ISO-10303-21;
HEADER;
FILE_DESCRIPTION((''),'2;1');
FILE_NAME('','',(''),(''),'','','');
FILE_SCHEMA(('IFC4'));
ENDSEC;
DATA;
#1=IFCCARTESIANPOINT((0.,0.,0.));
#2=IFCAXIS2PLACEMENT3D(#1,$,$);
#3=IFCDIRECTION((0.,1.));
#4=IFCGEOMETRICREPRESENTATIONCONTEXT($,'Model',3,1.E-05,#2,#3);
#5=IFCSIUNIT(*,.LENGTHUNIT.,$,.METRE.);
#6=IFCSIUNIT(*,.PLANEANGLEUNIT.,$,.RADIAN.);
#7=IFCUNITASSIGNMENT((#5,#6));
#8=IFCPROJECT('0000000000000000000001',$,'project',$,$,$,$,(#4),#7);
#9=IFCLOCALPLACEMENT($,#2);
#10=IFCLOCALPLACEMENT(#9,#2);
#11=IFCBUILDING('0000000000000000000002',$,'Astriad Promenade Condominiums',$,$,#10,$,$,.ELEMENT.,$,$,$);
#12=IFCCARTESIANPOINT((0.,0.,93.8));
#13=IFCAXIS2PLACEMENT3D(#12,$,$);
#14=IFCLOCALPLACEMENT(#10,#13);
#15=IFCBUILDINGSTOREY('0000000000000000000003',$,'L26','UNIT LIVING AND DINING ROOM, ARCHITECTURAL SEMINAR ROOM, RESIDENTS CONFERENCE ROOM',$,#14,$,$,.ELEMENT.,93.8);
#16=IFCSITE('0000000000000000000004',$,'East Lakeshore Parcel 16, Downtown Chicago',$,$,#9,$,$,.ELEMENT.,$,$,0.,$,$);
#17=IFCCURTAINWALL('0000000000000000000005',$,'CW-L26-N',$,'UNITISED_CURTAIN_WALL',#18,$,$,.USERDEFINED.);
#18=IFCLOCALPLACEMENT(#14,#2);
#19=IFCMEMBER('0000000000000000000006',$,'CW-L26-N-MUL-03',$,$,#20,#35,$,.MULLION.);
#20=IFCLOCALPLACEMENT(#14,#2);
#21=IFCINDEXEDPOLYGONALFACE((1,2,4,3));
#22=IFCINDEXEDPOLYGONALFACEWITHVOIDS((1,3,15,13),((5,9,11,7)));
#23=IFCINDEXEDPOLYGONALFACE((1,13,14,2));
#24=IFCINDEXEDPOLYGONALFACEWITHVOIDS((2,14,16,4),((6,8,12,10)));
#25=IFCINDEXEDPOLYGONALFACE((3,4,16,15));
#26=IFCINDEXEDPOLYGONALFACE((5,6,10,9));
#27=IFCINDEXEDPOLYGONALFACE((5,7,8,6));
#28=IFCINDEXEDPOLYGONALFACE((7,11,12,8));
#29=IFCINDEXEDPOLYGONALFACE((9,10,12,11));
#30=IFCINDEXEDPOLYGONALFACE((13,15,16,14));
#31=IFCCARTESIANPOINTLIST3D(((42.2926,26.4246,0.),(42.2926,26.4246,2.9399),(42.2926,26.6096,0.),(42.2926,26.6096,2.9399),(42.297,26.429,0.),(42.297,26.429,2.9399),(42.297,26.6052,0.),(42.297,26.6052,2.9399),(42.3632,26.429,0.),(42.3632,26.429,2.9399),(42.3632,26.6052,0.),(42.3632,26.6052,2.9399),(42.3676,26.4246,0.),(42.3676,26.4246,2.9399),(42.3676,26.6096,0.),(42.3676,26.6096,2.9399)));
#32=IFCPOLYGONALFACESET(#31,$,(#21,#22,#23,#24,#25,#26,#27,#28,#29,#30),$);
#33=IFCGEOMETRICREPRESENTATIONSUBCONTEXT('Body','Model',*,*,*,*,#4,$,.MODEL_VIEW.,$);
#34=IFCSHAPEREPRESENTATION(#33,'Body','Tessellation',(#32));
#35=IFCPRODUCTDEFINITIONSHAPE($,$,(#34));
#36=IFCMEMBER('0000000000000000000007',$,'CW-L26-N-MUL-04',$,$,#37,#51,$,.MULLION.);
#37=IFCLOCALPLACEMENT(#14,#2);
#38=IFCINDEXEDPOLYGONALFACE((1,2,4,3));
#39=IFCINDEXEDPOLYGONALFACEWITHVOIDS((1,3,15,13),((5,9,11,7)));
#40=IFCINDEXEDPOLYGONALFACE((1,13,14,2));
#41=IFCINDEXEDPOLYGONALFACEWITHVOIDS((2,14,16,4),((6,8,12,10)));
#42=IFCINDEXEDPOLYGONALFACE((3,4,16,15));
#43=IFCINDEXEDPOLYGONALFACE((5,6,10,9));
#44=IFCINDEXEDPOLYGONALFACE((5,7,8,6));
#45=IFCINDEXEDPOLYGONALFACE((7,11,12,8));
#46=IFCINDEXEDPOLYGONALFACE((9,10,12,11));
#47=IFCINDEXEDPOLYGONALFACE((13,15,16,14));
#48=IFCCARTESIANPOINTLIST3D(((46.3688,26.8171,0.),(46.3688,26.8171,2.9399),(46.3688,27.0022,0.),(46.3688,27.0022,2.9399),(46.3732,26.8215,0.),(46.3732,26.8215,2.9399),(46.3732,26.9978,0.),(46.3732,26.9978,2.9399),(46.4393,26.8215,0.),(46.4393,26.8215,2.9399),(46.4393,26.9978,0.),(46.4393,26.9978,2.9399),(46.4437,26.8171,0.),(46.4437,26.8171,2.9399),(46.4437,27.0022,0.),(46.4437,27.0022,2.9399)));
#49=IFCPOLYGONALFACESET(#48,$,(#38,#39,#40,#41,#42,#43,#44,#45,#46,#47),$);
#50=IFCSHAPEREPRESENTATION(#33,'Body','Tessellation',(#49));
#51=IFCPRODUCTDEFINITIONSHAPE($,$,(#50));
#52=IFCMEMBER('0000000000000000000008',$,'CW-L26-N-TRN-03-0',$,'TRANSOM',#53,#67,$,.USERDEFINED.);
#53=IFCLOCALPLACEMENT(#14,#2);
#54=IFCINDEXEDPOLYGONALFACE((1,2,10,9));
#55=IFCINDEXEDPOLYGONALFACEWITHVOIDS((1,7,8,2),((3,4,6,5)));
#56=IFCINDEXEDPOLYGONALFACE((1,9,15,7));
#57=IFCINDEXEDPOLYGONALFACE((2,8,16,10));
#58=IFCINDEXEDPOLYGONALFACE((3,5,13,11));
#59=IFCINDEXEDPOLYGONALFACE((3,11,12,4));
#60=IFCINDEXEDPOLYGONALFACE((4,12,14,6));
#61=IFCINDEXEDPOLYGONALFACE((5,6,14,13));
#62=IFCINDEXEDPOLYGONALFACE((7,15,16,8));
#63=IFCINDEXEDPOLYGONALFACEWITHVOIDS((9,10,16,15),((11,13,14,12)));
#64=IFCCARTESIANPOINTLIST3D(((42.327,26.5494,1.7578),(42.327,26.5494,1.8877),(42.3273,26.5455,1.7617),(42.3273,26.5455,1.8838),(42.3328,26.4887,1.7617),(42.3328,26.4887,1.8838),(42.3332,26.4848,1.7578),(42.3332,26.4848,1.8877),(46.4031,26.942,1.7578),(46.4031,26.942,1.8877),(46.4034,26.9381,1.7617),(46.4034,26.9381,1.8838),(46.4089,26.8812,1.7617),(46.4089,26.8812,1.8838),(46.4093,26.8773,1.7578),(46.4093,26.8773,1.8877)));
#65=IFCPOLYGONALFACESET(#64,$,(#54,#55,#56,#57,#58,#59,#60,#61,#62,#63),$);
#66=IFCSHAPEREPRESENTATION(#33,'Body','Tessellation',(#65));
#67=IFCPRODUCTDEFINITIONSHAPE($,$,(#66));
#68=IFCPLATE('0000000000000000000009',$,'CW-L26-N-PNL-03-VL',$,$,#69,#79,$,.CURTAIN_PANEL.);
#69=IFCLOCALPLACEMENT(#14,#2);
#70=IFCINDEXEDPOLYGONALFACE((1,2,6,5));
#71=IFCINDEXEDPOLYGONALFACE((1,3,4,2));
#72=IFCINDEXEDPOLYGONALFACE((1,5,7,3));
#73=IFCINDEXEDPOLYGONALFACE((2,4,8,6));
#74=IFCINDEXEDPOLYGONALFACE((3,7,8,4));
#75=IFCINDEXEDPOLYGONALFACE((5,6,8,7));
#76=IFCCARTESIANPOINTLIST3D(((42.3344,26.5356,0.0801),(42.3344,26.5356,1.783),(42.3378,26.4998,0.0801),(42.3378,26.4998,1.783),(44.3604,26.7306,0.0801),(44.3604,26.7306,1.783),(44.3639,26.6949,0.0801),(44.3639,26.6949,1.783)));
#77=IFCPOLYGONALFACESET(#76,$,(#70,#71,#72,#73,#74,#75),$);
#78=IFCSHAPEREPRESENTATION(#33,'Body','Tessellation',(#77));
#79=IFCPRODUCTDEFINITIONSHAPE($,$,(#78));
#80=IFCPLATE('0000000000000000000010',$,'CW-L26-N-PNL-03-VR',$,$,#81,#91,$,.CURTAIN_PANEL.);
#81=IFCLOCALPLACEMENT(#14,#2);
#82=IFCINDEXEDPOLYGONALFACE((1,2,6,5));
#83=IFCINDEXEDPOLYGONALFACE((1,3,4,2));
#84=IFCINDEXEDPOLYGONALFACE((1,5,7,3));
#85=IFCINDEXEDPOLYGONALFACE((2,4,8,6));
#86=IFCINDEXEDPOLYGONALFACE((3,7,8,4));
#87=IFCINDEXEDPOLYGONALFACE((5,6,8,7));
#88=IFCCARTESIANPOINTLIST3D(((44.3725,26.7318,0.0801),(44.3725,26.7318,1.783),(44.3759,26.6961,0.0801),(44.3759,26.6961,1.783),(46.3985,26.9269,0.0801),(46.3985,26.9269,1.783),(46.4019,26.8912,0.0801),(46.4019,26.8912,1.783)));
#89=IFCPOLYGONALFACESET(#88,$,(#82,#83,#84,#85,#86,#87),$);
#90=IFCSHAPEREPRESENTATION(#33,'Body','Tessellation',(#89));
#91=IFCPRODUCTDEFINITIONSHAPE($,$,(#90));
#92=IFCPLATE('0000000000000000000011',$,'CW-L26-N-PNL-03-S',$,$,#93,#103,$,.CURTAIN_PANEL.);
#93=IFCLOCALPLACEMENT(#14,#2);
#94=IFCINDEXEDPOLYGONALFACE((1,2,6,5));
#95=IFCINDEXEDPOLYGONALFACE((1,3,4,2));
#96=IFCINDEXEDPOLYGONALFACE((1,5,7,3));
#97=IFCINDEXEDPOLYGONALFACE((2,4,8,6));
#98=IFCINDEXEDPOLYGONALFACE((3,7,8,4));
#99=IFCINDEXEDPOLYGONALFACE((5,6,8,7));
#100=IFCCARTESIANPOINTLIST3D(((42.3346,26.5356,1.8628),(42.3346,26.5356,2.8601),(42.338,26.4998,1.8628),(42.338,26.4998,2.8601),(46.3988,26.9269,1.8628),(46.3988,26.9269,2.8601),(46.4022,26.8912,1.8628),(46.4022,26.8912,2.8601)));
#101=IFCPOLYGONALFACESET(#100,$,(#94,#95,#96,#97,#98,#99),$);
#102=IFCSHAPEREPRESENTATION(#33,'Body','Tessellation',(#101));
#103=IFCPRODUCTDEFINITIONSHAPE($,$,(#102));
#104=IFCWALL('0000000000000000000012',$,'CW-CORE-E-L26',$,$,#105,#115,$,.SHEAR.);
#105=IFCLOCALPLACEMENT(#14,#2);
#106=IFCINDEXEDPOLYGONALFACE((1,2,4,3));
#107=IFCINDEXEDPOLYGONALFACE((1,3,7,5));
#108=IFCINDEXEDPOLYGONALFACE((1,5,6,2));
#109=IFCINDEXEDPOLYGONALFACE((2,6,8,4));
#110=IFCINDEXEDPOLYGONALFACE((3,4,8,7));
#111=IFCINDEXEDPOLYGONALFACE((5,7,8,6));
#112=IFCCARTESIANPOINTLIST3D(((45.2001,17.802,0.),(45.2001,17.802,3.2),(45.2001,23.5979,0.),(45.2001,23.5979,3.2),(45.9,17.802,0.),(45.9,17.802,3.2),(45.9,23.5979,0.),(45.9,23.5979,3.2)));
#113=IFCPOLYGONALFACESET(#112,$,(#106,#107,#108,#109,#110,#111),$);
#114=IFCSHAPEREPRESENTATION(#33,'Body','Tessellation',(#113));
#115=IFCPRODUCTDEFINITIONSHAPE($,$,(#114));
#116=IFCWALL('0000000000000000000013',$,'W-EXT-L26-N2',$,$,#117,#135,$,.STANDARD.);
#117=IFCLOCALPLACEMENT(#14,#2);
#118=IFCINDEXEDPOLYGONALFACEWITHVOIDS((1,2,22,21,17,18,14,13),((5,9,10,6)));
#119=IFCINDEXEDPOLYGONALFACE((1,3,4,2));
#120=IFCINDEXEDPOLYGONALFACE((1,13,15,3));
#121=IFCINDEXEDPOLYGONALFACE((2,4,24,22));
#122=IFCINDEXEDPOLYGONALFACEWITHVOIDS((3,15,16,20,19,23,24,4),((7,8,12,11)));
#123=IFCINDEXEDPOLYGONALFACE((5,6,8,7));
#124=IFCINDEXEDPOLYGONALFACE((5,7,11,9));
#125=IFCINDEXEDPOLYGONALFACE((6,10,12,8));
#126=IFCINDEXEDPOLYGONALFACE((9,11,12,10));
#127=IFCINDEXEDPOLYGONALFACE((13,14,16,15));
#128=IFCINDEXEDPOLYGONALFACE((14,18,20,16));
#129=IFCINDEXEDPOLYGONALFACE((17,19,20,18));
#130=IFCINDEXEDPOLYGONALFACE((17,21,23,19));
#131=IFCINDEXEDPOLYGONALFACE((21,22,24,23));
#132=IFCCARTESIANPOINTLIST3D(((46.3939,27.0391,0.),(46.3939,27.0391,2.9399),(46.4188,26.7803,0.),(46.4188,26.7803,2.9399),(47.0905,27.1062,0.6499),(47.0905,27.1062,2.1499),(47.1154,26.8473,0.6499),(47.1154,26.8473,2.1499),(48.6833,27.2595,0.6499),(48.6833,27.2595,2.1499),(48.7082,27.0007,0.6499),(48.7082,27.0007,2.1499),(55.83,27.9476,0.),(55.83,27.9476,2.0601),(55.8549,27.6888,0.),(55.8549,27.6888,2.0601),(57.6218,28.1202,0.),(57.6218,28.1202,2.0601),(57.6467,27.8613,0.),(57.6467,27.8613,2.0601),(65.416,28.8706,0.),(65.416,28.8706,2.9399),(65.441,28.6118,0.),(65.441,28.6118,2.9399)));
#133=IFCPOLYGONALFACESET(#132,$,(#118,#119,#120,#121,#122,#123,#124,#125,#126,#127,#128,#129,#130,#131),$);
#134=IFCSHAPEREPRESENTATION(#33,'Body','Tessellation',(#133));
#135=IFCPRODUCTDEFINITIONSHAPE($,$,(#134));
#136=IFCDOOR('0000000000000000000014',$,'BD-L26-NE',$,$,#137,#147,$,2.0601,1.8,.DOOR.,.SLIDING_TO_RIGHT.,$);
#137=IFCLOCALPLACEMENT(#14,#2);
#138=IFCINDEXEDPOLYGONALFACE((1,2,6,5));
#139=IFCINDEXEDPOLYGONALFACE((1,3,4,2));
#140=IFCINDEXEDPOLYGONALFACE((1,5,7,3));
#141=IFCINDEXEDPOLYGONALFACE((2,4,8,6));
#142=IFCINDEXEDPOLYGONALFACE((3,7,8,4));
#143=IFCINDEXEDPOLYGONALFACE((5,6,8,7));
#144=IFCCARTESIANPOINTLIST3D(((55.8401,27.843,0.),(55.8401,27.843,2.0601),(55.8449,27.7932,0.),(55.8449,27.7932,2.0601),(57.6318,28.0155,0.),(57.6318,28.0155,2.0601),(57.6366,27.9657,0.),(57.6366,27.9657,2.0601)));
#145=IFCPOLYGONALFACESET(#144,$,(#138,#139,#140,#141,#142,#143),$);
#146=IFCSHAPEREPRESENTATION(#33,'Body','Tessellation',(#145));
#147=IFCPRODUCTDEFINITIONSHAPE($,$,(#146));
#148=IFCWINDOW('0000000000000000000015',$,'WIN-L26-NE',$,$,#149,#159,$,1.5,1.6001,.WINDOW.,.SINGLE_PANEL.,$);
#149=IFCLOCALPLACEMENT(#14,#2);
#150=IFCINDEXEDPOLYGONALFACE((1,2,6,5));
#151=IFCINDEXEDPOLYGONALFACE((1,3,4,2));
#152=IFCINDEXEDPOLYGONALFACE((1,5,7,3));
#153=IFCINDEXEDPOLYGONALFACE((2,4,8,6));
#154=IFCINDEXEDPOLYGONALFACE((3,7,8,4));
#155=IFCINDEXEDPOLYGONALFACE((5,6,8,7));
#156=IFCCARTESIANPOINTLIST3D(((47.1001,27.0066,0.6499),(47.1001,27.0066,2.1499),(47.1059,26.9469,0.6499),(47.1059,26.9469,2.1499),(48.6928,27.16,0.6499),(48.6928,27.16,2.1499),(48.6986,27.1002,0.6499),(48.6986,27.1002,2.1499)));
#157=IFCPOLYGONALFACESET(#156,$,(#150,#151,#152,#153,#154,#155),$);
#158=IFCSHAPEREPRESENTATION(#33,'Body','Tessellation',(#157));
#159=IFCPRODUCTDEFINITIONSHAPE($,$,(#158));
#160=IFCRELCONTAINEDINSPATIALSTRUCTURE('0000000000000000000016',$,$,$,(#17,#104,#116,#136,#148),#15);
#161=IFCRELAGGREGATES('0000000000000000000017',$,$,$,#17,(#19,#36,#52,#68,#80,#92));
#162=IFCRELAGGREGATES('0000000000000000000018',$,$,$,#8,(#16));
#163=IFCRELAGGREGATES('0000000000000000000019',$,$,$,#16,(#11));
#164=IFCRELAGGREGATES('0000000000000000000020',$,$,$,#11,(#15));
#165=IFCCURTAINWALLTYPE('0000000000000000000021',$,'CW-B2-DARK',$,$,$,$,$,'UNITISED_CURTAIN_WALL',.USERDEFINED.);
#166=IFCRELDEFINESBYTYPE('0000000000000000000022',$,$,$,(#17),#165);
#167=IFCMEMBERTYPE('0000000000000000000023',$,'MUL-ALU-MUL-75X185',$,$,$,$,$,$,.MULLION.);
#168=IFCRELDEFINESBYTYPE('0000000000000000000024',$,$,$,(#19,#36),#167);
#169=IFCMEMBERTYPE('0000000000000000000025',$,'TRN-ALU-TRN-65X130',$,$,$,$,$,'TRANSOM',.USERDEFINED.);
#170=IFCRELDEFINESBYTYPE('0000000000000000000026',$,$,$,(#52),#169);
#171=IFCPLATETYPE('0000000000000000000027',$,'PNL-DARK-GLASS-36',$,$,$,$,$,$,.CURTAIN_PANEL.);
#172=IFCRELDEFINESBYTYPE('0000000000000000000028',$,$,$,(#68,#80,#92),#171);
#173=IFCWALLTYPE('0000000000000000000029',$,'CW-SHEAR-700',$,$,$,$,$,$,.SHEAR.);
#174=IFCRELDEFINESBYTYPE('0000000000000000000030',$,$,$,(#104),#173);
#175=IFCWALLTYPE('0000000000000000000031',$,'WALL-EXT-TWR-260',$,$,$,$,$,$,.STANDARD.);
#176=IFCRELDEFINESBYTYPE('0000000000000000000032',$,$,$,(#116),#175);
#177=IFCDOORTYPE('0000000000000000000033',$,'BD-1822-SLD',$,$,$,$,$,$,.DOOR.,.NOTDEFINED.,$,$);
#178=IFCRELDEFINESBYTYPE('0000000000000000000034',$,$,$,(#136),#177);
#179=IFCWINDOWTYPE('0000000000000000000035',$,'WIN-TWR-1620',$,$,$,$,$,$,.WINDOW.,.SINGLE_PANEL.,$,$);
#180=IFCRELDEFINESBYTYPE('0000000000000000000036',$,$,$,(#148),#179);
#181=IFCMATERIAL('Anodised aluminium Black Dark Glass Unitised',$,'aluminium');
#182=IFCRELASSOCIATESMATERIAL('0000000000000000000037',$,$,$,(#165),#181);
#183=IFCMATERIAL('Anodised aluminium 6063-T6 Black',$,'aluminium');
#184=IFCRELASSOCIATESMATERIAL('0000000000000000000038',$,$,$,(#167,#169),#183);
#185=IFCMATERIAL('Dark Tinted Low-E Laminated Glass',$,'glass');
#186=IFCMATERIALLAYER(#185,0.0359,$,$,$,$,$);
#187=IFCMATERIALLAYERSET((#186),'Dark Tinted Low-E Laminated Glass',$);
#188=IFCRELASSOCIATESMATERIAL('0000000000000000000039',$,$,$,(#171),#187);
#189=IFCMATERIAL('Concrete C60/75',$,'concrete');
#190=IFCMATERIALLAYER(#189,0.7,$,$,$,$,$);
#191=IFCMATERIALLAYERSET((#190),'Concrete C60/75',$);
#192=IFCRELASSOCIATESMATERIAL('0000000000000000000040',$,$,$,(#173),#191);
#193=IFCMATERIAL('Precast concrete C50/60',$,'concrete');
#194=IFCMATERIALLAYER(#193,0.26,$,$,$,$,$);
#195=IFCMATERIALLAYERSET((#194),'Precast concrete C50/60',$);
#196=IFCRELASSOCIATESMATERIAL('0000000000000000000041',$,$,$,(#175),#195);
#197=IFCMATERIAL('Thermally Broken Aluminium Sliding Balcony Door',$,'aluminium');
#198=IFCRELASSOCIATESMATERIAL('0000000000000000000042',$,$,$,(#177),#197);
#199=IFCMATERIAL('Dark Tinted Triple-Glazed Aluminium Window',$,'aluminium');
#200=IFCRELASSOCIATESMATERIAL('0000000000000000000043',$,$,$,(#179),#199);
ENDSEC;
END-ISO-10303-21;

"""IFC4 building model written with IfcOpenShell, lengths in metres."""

from ifc_helpers import new_model, si_unit, direction, frame, frame_2d, origin, origin_2d, place, context, subcontext, project, spatial, rectangle, hollow_rectangle, extrude, source, transform, mapped, material, layer, layer_set, material_profile, profile_set, type_object, type_shapes, element, fill, aggregate, save


model = new_model("IFC4")

# Units and contexts
model_context = context("Model", 3, precision=1e-05, world=origin(), true_north=direction((0.0, 1.0)))
body_context = subcontext(model_context, "Body", "Model", "MODEL_VIEW")
ifc_project = project(units=[si_unit("LENGTHUNIT", "METRE"), si_unit("PLANEANGLEUNIT", "RADIAN")], contexts=[model_context])

# Site, building, storey
site_placement = place(None, origin())
site = spatial("IfcSite", under=ifc_project, at=site_placement, Name="East Lakeshore Parcel 16, Downtown Chicago", CompositionType="ELEMENT", RefElevation=0.0)
building_placement = place(site_placement, origin())
building = spatial("IfcBuilding", under=site, at=building_placement, Name="Astriad Promenade Condominiums", CompositionType="ELEMENT")
storey_placement = place(building_placement, frame((0.0, 0.0, 93.8)))
storey = spatial("IfcBuildingStorey", under=building, at=storey_placement, Name="L26", Description="UNIT LIVING AND DINING ROOM, ARCHITECTURAL SEMINAR ROOM, RESIDENTS CONFERENCE ROOM", CompositionType="ELEMENT", Elevation=93.8)

# Curtain wall, members, plates
ifc_material_1 = material(Name="Anodised aluminium Black Dark Glass Unitised", Category="aluminium")
curtain_wall_type = type_object("IfcCurtainWallType", Name="CW-B2-DARK", ElementType="UNITISED_CURTAIN_WALL", PredefinedType="USERDEFINED", material=ifc_material_1)
curtain_wall_placement = place(storey_placement, origin())
curtain_wall = element("IfcCurtainWall", 1, at=curtain_wall_placement, inside=storey, type_object=curtain_wall_type, Name="CW-L26-N", ObjectType="UNITISED_CURTAIN_WALL", PredefinedType="USERDEFINED")
ifc_material_2 = material(Name="Anodised aluminium 6063-T6 Black", Category="aluminium")
ifc_material_profile_1 = material_profile(ifc_material_2, hollow_rectangle(XDim=0.075, YDim=0.1851, WallThickness=0.0044, at=origin_2d()), Name="ALU-MUL-75X185")
ifc_profile_set_1 = profile_set([ifc_material_profile_1], Name="Anodised aluminium 6063-T6 Black")
member_type_1 = type_object("IfcMemberType", Name="MUL-ALU-MUL-75X185", PredefinedType="MULLION", material=ifc_profile_set_1)
shared_shape_1 = source(origin(), body_context, "Body", "SweptSolid", [
    extrude(hollow_rectangle(XDim=0.075, YDim=0.1851, WallThickness=0.0044, at=origin_2d()), origin(), (0.0, 0.0, 1.0), 2.9399),
])
type_shapes(member_type_1, [shared_shape_1])
member_1_placement = place(storey_placement, frame((42.3301, 26.5171, 0.0), z_axis=(0.0, 0.0, 1.0), x_axis=(1.0, 0.0, 0.0)))
member_1 = element("IfcMember", 2, at=member_1_placement, type_object=member_type_1, Name="CW-L26-N-MUL-03", PredefinedType="MULLION", context=body_context, shape_type="MappedRepresentation", body=[
    mapped(shared_shape_1, transform((0.0, 0.0, 0.0), scale=1.0)),
])
member_2_placement = place(storey_placement, frame((46.4062, 26.9097, 0.0), z_axis=(0.0, 0.0, 1.0), x_axis=(1.0, 0.0, 0.0)))
member_2 = element("IfcMember", 3, at=member_2_placement, type_object=member_type_1, Name="CW-L26-N-MUL-04", PredefinedType="MULLION", context=body_context, shape_type="MappedRepresentation", body=[
    mapped(shared_shape_1, transform((0.0, 0.0, 0.0), scale=1.0)),
])
ifc_material_profile_2 = material_profile(ifc_material_2, hollow_rectangle(XDim=0.0649, YDim=0.1299, WallThickness=0.0039, at=origin_2d()), Name="ALU-TRN-65X130")
ifc_profile_set_2 = profile_set([ifc_material_profile_2], Name="Anodised aluminium 6063-T6 Black")
member_type_2 = type_object("IfcMemberType", Name="TRN-ALU-TRN-65X130", ElementType="TRANSOM", PredefinedType="USERDEFINED", material=ifc_profile_set_2)
shared_shape_2 = source(origin(), body_context, "Body", "SweptSolid", [
    extrude(hollow_rectangle(XDim=0.0649, YDim=0.1299, WallThickness=0.0039, at=origin_2d()), origin(), (0.0, 0.0, 1.0), 4.095),
])
type_shapes(member_type_2, [shared_shape_2])
member_3_placement = place(storey_placement, frame((42.3301, 26.5171, 1.8228), z_axis=(0.995394, 0.095867, 0.0), x_axis=(-0.095867, 0.995394, 0.0)))
member_3 = element("IfcMember", 4, at=member_3_placement, type_object=member_type_2, Name="CW-L26-N-TRN-03-0", ObjectType="TRANSOM", PredefinedType="USERDEFINED", context=body_context, shape_type="MappedRepresentation", body=[
    mapped(shared_shape_2, transform((0.0, 0.0, 0.0), scale=1.0)),
])
ifc_material_3 = material(Name="Dark Tinted Low-E Laminated Glass", Category="glass")
ifc_layer_1 = layer(ifc_material_3, 0.0359)
ifc_layer_set_1 = layer_set([ifc_layer_1], Name="Dark Tinted Low-E Laminated Glass")
plate_type = type_object("IfcPlateType", Name="PNL-DARK-GLASS-36", PredefinedType="CURTAIN_PANEL", material=ifc_layer_set_1)
shared_shape_3 = source(origin(), body_context, "Body", "SweptSolid", [
    extrude(rectangle(XDim=2.0354, YDim=0.0359, at=origin_2d()), origin(), (0.0, 0.0, 1.0), 1.7029),
])
plate_1_placement = place(storey_placement, frame((43.3491, 26.6152, 0.0801), z_axis=(0.0, 0.0, 1.0), x_axis=(0.995396, 0.095846, 0.0)))
plate_1 = element("IfcPlate", 5, at=plate_1_placement, type_object=plate_type, Name="CW-L26-N-PNL-03-VL", PredefinedType="CURTAIN_PANEL", context=body_context, shape_type="MappedRepresentation", body=[
    mapped(shared_shape_3, transform((0.0, 0.0, 0.0), scale=1.0)),
])
plate_2_placement = place(storey_placement, frame((45.3872, 26.8115, 0.0801), z_axis=(0.0, 0.0, 1.0), x_axis=(0.995396, 0.095846, 0.0)))
plate_2 = element("IfcPlate", 6, at=plate_2_placement, type_object=plate_type, Name="CW-L26-N-PNL-03-VR", PredefinedType="CURTAIN_PANEL", context=body_context, shape_type="MappedRepresentation", body=[
    mapped(shared_shape_3, transform((0.0, 0.0, 0.0), scale=1.0)),
])
shared_shape_4 = source(origin(), body_context, "Body", "SweptSolid", [
    extrude(rectangle(XDim=4.083, YDim=0.0359, at=origin_2d()), origin(), (0.0, 0.0, 1.0), 0.9973),
])
type_shapes(plate_type, [shared_shape_3, shared_shape_4])
plate_3_placement = place(storey_placement, frame((44.3684, 26.7134, 1.8628), z_axis=(0.0, 0.0, 1.0), x_axis=(0.995396, 0.095846, 0.0)))
plate_3 = element("IfcPlate", 7, at=plate_3_placement, type_object=plate_type, Name="CW-L26-N-PNL-03-S", PredefinedType="CURTAIN_PANEL", context=body_context, shape_type="MappedRepresentation", body=[
    mapped(shared_shape_4, transform((0.0, 0.0, 0.0), scale=1.0)),
])
aggregate(curtain_wall, [member_1, member_2, member_3, plate_1, plate_2, plate_3])

# Wall
ifc_material_4 = material(Name="Concrete C60/75", Category="concrete")
ifc_layer_2 = layer(ifc_material_4, 0.7)
ifc_layer_set_2 = layer_set([ifc_layer_2], Name="Concrete C60/75")
wall_type_1 = type_object("IfcWallType", Name="CW-SHEAR-700", PredefinedType="SHEAR", material=ifc_layer_set_2)
wall_1_placement = place(storey_placement, frame((45.55, 17.802, 0.0), z_axis=(0.0, 0.0, 1.0), x_axis=(0.0, 1.0, 0.0)))
element("IfcWall", 8, at=wall_1_placement, inside=storey, type_object=wall_type_1, Name="CW-CORE-E-L26", PredefinedType="SHEAR", context=body_context, shape_type="SweptSolid", body=[
    extrude(rectangle(XDim=5.7959, YDim=0.7, at=frame_2d((2.8979, 0.0))), origin(), (0.0, 0.0, 1.0), 3.2),
])

# Wall, openings, door, window
ifc_material_5 = material(Name="Precast concrete C50/60", Category="concrete")
ifc_layer_3 = layer(ifc_material_5, 0.26)
ifc_layer_set_3 = layer_set([ifc_layer_3], Name="Precast concrete C50/60")
wall_type_2 = type_object("IfcWallType", Name="WALL-EXT-TWR-260", PredefinedType="STANDARD", material=ifc_layer_set_3)
wall_2_placement = place(storey_placement, frame((46.4062, 26.9097, 0.0), z_axis=(0.0, 0.0, 1.0), x_axis=(0.995397, 0.095841, 0.0)))
wall_2 = element("IfcWall", 9, at=wall_2_placement, inside=storey, type_object=wall_type_2, Name="W-EXT-L26-N2", PredefinedType="STANDARD", context=body_context, shape_type="SweptSolid", body=[
    extrude(rectangle(XDim=19.1101, YDim=0.26, at=frame_2d((9.5552, 0.0))), origin(), (0.0, 0.0, 1.0), 2.9399),
])
opening_1_placement = place(wall_2_placement, frame((9.48, 0.0, 0.0)))
opening_1 = element("IfcOpeningElement", 10, at=opening_1_placement, cuts=wall_2, PredefinedType="OPENING", context=body_context, shape_type="SweptSolid", body=[
    extrude(rectangle(XDim=1.8, YDim=2.0601, at=frame_2d((0.8999, 1.03))), frame((0.0, 0.1399, 0.0), z_axis=(0.0, -1.0, 0.0), x_axis=(1.0, 0.0, 0.0)), (0.0, 0.0, 1.0), 0.28),
])
opening_2_placement = place(wall_2_placement, frame((0.7, 0.0, 0.6499)))
opening_2 = element("IfcOpeningElement", 11, at=opening_2_placement, cuts=wall_2, PredefinedType="OPENING", context=body_context, shape_type="SweptSolid", body=[
    extrude(rectangle(XDim=1.6001, YDim=1.5, at=frame_2d((0.8, 0.75))), frame((0.0, 0.1399, 0.0), z_axis=(0.0, -1.0, 0.0), x_axis=(1.0, 0.0, 0.0)), (0.0, 0.0, 1.0), 0.28),
])
ifc_material_6 = material(Name="Thermally Broken Aluminium Sliding Balcony Door", Category="aluminium")
door_type = type_object("IfcDoorType", Name="BD-1822-SLD", OperationType="NOTDEFINED", PredefinedType="DOOR", material=ifc_material_6)
shared_shape_5 = source(origin(), body_context, "Body", "SweptSolid", [
    extrude(rectangle(XDim=1.8, YDim=2.0601, at=frame_2d((0.8999, 1.03))), frame((0.0, 0.0249, 0.0), z_axis=(0.0, -1.0, 0.0), x_axis=(1.0, 0.0, 0.0)), (0.0, 0.0, 1.0), 0.05),
])
type_shapes(door_type, [shared_shape_5])
door_placement = place(opening_1_placement, origin())
door = element("IfcDoor", 12, at=door_placement, inside=storey, type_object=door_type, Name="BD-L26-NE", OperationType="SLIDING_TO_RIGHT", OverallHeight=2.0601, OverallWidth=1.8, PredefinedType="DOOR", context=body_context, shape_type="MappedRepresentation", body=[
    mapped(shared_shape_5, transform((0.0, 0.0, 0.0), scale=1.0)),
])
fill(opening_1, door)
ifc_material_7 = material(Name="Dark Tinted Triple-Glazed Aluminium Window", Category="aluminium")
window_type = type_object("IfcWindowType", Name="WIN-TWR-1620", PartitioningType="SINGLE_PANEL", PredefinedType="WINDOW", material=ifc_material_7)
shared_shape_6 = source(origin(), body_context, "Body", "SweptSolid", [
    extrude(rectangle(XDim=1.6001, YDim=1.5, at=frame_2d((0.8, 0.75))), frame((0.0, 0.03, 0.0), z_axis=(0.0, -1.0, 0.0), x_axis=(1.0, 0.0, 0.0)), (0.0, 0.0, 1.0), 0.0601),
])
type_shapes(window_type, [shared_shape_6])
window_placement = place(opening_2_placement, origin())
window = element("IfcWindow", 13, at=window_placement, inside=storey, type_object=window_type, Name="WIN-L26-NE", OverallHeight=1.5, OverallWidth=1.6001, PartitioningType="SINGLE_PANEL", PredefinedType="WINDOW", context=body_context, shape_type="MappedRepresentation", body=[
    mapped(shared_shape_6, transform((0.0, 0.0, 0.0), scale=1.0)),
])
fill(opening_2, window)

save(model, "model.ifc")
